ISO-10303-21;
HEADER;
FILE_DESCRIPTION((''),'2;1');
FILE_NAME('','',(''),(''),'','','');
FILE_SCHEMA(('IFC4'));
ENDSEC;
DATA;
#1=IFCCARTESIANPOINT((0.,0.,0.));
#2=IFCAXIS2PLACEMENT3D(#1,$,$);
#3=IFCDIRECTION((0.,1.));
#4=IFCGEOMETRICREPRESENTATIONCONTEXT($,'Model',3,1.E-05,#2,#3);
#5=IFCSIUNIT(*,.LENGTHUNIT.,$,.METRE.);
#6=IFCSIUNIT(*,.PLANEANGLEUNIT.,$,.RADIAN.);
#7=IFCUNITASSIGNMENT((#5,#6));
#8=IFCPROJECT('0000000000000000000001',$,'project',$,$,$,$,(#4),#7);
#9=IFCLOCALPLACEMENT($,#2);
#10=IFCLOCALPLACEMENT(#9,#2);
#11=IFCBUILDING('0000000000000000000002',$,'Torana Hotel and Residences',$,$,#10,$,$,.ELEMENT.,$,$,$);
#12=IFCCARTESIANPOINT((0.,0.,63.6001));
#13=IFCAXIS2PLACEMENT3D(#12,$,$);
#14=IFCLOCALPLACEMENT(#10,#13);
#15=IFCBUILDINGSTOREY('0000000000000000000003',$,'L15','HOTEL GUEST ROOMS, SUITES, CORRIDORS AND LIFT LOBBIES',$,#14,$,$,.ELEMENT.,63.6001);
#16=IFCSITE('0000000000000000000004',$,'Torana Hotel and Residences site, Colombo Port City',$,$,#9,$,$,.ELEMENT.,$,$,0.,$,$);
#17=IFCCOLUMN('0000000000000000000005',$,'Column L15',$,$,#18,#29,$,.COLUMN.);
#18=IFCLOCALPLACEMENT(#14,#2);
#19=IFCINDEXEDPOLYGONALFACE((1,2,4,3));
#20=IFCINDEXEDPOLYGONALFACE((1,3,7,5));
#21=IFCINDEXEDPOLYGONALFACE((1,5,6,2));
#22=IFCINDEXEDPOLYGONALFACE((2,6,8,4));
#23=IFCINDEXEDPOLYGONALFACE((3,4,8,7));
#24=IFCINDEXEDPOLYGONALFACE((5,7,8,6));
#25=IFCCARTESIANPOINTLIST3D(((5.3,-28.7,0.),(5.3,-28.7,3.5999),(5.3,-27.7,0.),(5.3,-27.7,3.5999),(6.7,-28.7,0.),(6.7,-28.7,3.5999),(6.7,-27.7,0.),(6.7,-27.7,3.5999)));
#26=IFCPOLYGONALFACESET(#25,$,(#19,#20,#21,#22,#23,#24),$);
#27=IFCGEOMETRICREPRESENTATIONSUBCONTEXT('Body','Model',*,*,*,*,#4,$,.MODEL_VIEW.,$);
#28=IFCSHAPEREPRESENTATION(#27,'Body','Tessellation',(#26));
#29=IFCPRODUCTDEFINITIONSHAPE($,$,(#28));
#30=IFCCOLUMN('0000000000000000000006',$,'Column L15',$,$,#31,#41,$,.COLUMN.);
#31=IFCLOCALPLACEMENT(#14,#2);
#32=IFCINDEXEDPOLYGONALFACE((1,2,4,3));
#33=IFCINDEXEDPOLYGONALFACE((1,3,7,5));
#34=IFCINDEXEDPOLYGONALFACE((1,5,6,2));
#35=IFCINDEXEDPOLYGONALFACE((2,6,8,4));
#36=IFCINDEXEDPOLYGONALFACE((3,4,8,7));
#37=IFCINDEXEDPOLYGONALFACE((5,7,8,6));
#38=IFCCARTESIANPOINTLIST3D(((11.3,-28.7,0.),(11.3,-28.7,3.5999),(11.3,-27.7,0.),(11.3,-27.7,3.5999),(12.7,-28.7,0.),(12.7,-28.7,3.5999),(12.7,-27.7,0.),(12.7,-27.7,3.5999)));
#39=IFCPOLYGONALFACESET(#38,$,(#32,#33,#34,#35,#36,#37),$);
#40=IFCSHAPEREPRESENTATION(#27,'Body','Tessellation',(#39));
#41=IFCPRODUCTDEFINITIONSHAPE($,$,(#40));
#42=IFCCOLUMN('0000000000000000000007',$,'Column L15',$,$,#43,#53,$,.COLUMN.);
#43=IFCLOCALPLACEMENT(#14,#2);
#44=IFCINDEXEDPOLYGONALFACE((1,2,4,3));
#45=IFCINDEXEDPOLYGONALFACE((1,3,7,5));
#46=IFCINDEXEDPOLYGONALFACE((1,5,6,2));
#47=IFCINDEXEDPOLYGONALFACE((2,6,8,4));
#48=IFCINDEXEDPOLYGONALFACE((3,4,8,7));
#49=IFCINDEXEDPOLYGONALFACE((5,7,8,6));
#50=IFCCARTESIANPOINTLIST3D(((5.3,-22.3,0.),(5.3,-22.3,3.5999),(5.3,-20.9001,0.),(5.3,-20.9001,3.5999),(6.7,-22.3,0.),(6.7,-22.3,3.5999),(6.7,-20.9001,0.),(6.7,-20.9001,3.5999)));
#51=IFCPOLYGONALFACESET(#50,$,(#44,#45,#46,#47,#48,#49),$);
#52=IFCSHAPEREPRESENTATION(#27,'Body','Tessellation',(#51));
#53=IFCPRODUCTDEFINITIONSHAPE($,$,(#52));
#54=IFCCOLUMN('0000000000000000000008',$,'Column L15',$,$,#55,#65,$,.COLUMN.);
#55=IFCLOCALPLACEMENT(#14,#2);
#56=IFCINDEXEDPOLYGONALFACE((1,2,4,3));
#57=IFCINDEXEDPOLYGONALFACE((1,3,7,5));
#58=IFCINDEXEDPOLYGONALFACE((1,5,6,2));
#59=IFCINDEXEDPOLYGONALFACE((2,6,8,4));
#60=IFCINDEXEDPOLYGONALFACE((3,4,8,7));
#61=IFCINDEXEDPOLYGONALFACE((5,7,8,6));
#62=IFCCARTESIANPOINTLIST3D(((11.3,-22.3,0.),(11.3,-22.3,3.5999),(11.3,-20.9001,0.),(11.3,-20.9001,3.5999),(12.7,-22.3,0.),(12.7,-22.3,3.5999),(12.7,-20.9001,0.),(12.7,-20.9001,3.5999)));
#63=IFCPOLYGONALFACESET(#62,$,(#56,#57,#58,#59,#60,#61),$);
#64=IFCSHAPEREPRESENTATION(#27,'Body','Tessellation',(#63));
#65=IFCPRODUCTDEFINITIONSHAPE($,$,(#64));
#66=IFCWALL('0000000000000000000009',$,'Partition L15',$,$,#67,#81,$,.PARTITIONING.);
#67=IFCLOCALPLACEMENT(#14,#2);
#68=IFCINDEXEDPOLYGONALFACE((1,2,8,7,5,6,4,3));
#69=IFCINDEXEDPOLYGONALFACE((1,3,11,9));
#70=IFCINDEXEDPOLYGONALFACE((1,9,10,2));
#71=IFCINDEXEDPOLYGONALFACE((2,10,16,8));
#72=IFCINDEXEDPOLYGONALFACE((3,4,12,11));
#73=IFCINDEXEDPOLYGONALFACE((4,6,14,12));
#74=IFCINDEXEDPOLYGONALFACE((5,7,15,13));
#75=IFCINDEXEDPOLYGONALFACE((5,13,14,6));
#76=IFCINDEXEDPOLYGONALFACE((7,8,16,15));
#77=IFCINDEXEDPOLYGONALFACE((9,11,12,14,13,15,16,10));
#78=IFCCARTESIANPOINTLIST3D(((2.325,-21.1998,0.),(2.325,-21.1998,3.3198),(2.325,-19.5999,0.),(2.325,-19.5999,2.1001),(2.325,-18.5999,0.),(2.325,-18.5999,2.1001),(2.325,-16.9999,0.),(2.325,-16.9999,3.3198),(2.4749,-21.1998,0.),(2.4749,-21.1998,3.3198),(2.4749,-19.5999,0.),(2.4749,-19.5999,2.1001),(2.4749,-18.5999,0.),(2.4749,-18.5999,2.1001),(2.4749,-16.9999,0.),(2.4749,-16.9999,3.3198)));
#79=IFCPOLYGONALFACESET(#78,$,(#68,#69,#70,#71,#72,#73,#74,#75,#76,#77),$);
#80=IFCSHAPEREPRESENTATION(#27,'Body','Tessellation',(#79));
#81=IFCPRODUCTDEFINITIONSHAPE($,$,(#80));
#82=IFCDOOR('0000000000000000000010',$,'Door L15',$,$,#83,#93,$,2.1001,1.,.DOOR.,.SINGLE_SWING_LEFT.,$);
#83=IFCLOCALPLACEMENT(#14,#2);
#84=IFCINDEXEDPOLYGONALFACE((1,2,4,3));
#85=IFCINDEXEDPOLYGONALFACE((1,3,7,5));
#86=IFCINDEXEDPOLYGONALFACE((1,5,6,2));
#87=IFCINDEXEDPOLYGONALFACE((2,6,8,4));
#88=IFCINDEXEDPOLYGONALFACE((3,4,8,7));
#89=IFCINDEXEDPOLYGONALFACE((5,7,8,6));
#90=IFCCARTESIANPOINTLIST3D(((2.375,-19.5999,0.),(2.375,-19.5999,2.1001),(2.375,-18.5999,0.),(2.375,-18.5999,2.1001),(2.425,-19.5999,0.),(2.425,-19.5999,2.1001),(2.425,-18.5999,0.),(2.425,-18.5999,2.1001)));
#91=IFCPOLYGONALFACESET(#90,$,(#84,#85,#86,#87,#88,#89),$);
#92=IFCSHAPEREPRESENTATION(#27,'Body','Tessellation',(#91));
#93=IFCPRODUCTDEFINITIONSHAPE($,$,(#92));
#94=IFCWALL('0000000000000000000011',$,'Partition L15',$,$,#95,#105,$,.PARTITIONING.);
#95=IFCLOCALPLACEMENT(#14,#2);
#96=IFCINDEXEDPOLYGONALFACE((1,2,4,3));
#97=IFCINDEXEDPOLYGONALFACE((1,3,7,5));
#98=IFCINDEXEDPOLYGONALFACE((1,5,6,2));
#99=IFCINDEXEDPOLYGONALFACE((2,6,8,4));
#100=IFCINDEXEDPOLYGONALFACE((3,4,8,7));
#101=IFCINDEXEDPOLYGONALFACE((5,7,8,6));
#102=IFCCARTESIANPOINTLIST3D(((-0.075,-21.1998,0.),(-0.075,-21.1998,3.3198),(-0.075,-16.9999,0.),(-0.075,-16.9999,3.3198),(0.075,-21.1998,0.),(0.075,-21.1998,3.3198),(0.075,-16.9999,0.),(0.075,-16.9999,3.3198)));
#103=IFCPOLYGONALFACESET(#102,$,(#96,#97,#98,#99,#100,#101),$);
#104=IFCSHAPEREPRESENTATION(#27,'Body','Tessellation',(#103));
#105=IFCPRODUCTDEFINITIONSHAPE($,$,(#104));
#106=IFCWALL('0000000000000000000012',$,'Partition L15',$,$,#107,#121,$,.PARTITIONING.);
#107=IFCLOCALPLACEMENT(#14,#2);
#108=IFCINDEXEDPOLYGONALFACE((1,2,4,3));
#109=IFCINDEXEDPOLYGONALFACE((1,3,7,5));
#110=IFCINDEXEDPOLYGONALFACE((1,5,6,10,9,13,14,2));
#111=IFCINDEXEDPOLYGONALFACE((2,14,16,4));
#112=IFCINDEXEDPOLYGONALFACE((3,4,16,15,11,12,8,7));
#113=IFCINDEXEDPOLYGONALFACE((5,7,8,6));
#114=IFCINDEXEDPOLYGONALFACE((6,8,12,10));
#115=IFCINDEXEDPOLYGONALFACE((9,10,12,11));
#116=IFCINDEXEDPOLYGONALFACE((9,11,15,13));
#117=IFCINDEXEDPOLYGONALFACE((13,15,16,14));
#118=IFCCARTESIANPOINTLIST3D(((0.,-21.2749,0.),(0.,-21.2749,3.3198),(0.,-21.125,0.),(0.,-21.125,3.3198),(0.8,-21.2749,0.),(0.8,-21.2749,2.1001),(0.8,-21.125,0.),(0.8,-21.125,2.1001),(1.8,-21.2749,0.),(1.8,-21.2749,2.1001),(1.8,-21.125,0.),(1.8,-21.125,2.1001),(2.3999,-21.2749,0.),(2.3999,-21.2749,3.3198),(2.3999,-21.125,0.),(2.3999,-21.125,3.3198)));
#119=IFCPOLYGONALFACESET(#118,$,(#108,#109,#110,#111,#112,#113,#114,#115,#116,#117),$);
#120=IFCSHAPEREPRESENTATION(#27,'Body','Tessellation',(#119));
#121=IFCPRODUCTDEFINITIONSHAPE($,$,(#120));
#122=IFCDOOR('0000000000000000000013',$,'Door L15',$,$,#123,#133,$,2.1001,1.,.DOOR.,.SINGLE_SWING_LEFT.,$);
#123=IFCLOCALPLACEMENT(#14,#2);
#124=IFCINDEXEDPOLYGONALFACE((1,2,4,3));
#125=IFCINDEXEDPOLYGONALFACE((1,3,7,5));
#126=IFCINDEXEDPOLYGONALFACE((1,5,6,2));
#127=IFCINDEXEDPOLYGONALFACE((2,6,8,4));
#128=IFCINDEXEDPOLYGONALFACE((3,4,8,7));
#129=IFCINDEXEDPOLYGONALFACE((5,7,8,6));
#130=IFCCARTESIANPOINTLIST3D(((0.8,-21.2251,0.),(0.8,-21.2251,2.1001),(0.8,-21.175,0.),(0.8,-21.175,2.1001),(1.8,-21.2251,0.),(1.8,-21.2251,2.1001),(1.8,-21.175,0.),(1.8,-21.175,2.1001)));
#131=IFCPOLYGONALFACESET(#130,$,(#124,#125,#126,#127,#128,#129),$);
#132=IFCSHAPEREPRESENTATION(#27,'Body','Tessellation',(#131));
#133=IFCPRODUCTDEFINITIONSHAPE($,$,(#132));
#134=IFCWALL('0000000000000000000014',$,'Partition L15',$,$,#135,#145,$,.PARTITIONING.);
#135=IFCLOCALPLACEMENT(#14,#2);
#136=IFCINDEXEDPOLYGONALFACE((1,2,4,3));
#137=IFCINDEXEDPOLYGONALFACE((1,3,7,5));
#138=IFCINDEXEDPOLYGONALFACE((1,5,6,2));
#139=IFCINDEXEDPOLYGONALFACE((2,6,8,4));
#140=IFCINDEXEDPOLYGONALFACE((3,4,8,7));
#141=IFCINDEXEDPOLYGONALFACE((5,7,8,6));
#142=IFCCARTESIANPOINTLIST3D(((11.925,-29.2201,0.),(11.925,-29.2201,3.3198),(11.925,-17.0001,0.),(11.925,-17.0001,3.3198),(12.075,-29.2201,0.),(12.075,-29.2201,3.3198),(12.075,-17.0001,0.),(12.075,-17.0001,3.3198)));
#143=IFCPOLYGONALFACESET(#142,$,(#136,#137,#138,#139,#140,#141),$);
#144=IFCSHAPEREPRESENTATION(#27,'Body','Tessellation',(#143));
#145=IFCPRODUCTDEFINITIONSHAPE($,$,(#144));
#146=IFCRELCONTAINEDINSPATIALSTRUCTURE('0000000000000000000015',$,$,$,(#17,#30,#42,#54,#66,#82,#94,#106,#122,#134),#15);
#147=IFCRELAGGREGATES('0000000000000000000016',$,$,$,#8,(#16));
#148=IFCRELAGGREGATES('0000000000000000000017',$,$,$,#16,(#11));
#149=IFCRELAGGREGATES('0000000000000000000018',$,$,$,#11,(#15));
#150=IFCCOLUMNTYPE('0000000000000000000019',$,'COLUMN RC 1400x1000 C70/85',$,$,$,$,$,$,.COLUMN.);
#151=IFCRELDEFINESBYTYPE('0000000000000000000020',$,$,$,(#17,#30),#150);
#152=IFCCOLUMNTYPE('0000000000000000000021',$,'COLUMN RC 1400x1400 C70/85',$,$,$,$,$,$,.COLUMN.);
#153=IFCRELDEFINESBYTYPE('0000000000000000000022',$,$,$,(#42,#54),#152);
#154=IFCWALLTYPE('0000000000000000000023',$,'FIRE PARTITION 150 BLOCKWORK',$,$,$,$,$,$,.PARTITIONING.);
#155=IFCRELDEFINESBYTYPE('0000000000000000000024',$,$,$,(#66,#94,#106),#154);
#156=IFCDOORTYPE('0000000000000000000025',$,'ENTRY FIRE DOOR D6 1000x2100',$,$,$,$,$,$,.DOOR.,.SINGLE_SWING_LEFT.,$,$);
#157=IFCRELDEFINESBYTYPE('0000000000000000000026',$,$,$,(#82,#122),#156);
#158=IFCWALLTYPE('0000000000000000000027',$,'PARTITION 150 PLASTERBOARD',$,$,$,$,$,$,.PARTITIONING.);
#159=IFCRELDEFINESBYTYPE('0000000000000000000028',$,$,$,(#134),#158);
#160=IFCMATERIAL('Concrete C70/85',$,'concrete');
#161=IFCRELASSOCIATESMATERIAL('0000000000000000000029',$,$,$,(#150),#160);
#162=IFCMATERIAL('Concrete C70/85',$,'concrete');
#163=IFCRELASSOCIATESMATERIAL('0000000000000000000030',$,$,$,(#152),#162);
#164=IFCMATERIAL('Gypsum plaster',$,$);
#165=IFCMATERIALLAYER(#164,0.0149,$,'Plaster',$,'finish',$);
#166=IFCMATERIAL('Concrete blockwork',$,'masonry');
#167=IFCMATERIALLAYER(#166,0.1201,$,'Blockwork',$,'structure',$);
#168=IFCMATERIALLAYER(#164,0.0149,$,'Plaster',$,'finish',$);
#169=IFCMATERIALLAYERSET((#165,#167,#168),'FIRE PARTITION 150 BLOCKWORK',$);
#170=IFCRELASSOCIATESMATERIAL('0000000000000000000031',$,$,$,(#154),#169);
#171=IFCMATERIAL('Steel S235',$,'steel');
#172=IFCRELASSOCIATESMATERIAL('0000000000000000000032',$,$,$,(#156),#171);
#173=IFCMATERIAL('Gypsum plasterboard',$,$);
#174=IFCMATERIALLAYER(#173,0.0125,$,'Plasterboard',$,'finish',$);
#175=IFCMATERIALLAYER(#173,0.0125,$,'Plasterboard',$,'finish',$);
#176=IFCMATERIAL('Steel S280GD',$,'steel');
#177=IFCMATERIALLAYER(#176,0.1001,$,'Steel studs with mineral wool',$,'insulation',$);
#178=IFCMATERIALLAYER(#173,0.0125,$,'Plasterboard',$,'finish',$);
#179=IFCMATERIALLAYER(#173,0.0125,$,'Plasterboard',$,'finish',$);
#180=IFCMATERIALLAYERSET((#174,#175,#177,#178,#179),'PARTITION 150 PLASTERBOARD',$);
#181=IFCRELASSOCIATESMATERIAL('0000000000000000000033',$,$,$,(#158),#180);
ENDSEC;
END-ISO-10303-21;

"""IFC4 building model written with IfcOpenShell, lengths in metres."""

from ifc_helpers import new_model, si_unit, direction, frame, frame_2d, origin, origin_2d, place, context, subcontext, project, spatial, rectangle, extrude, material, layer, layer_set, material_profile, profile_set, type_object, element, fill, save


model = new_model("IFC4")

# Units and contexts
model_context = context("Model", 3, precision=1e-05, world=origin(), true_north=direction((0.0, 1.0)))
body_context = subcontext(model_context, "Body", "Model", "MODEL_VIEW")
ifc_project = project(units=[si_unit("LENGTHUNIT", "METRE"), si_unit("PLANEANGLEUNIT", "RADIAN")], contexts=[model_context])

# Site, building, storey
site_placement = place(None, origin())
site = spatial("IfcSite", under=ifc_project, at=site_placement, Name="Torana Hotel and Residences site, Colombo Port City", CompositionType="ELEMENT", RefElevation=0.0)
building_placement = place(site_placement, origin())
building = spatial("IfcBuilding", under=site, at=building_placement, Name="Torana Hotel and Residences", CompositionType="ELEMENT")
storey_placement = place(building_placement, frame((0.0, 0.0, 63.6001)))
storey = spatial("IfcBuildingStorey", under=building, at=storey_placement, Name="L15", Description="HOTEL GUEST ROOMS, SUITES, CORRIDORS AND LIFT LOBBIES", CompositionType="ELEMENT", Elevation=63.6001)

# Columns
ifc_material_1 = material(Name="Concrete C70/85", Category="concrete")
ifc_material_profile_1 = material_profile(ifc_material_1, rectangle(XDim=1.3999, YDim=1.0, at=origin_2d()), Name="RC 1400x1000")
ifc_profile_set_1 = profile_set([ifc_material_profile_1], Name="Concrete C70/85")
column_type_1 = type_object("IfcColumnType", Name="COLUMN RC 1400x1000 C70/85", PredefinedType="COLUMN", material=ifc_profile_set_1)
for number, where, z_axis, x_axis, name in (
    (1, (6.0, -28.2, 0.0), (0.0, 0.0, 1.0), (1.0, 0.0, 0.0), "Column L15"),
    (2, (12.0, -28.2, 0.0), (0.0, 0.0, 1.0), (1.0, 0.0, 0.0), "Column L15"),
):
    element("IfcColumn", number, at=place(storey_placement, frame(where, z_axis=z_axis, x_axis=x_axis)), inside=storey, type_object=column_type_1, Name=name, PredefinedType="COLUMN", context=body_context, shape_type="SweptSolid", body=[
        extrude(rectangle(XDim=1.3999, YDim=1.0, at=origin_2d()), origin(), (0.0, 0.0, 1.0), 3.5999),
    ])
ifc_material_2 = material(Name="Concrete C70/85", Category="concrete")
ifc_material_profile_2 = material_profile(ifc_material_2, rectangle(XDim=1.3999, YDim=1.3999, at=origin_2d()), Name="RC 1400x1400")
ifc_profile_set_2 = profile_set([ifc_material_profile_2], Name="Concrete C70/85")
column_type_2 = type_object("IfcColumnType", Name="COLUMN RC 1400x1400 C70/85", PredefinedType="COLUMN", material=ifc_profile_set_2)
for number, where, z_axis, x_axis, name in (
    (3, (6.0, -21.6001, 0.0), (0.0, 0.0, 1.0), (1.0, 0.0, 0.0), "Column L15"),
    (4, (12.0, -21.6001, 0.0), (0.0, 0.0, 1.0), (1.0, 0.0, 0.0), "Column L15"),
):
    element("IfcColumn", number, at=place(storey_placement, frame(where, z_axis=z_axis, x_axis=x_axis)), inside=storey, type_object=column_type_2, Name=name, PredefinedType="COLUMN", context=body_context, shape_type="SweptSolid", body=[
        extrude(rectangle(XDim=1.3999, YDim=1.3999, at=origin_2d()), origin(), (0.0, 0.0, 1.0), 3.5999),
    ])

# Wall, opening, door
ifc_material_3 = material(Name="Gypsum plaster")
ifc_layer_1 = layer(ifc_material_3, 0.0149, Name="Plaster", Category="finish")
ifc_material_4 = material(Name="Concrete blockwork", Category="masonry")
ifc_layer_2 = layer(ifc_material_4, 0.1201, Name="Blockwork", Category="structure")
ifc_layer_3 = layer(ifc_material_3, 0.0149, Name="Plaster", Category="finish")
ifc_layer_set_1 = layer_set([ifc_layer_1, ifc_layer_2, ifc_layer_3], Name="FIRE PARTITION 150 BLOCKWORK")
wall_type_1 = type_object("IfcWallType", Name="FIRE PARTITION 150 BLOCKWORK", PredefinedType="PARTITIONING", material=ifc_layer_set_1)
wall_1_placement = place(storey_placement, frame((2.3999, -21.2, 0.0), z_axis=(0.0, 0.0, 1.0), x_axis=(0.0, 1.0, 0.0)))
wall_1 = element("IfcWall", 5, at=wall_1_placement, inside=storey, type_object=wall_type_1, Name="Partition L15", PredefinedType="PARTITIONING", context=body_context, shape_type="SweptSolid", body=[
    extrude(rectangle(XDim=4.2, YDim=0.1499, at=frame_2d((2.1001, 0.0))), origin(), (0.0, 0.0, 1.0), 3.3198),
])
opening_1_placement = place(wall_1_placement, frame((1.6001, 0.0, 0.0)))
opening_1 = element("IfcOpeningElement", 6, at=opening_1_placement, cuts=wall_1, PredefinedType="OPENING", context=body_context, shape_type="SweptSolid", body=[
    extrude(rectangle(XDim=1.0, YDim=2.1001, at=frame_2d((0.5, 1.05))), frame((0.0, 0.085, 0.0), z_axis=(0.0, -1.0, 0.0), x_axis=(1.0, 0.0, 0.0)), (0.0, 0.0, 1.0), 0.1699),
])
ifc_material_5 = material(Name="Steel S235", Category="steel")
door_type_1 = type_object("IfcDoorType", Name="ENTRY FIRE DOOR D6 1000x2100", OperationType="SINGLE_SWING_LEFT", PredefinedType="DOOR", material=ifc_material_5)
door_1_placement = place(opening_1_placement, frame((0.5, 0.0, 0.0), z_axis=(0.0, 0.0, 1.0), x_axis=(-1.0, 0.0, 0.0)))
door_1 = element("IfcDoor", 7, at=door_1_placement, inside=storey, type_object=door_type_1, Name="Door L15", OperationType="SINGLE_SWING_LEFT", OverallHeight=2.1001, OverallWidth=1.0, PredefinedType="DOOR", context=body_context, shape_type="SweptSolid", body=[
    extrude(rectangle(XDim=1.0, YDim=2.1001, at=frame_2d((0.0, 1.05))), frame((0.0, -0.0249, 0.0), z_axis=(0.0, 1.0, 0.0), x_axis=(-1.0, 0.0, 0.0)), (0.0, 0.0, 1.0), 0.05),
])
fill(opening_1, door_1)

# Wall
wall_2_placement = place(storey_placement, frame((0.0, -21.2, 0.0), z_axis=(0.0, 0.0, 1.0), x_axis=(0.0, 1.0, 0.0)))
element("IfcWall", 8, at=wall_2_placement, inside=storey, type_object=wall_type_1, Name="Partition L15", PredefinedType="PARTITIONING", context=body_context, shape_type="SweptSolid", body=[
    extrude(rectangle(XDim=4.2, YDim=0.1499, at=frame_2d((2.1001, 0.0))), origin(), (0.0, 0.0, 1.0), 3.3198),
])

# Wall, opening, door
wall_3_placement = place(storey_placement, frame((0.0, -21.2, 0.0), z_axis=(0.0, 0.0, 1.0), x_axis=(1.0, 0.0, 0.0)))
wall_3 = element("IfcWall", 9, at=wall_3_placement, inside=storey, type_object=wall_type_1, Name="Partition L15", PredefinedType="PARTITIONING", context=body_context, shape_type="SweptSolid", body=[
    extrude(rectangle(XDim=2.3999, YDim=0.1499, at=frame_2d((1.2, 0.0))), origin(), (0.0, 0.0, 1.0), 3.3198),
])
opening_2_placement = place(wall_3_placement, frame((0.8, 0.0, 0.0)))
opening_2 = element("IfcOpeningElement", 10, at=opening_2_placement, cuts=wall_3, PredefinedType="OPENING", context=body_context, shape_type="SweptSolid", body=[
    extrude(rectangle(XDim=1.0, YDim=2.1001, at=frame_2d((0.5, 1.05))), frame((0.0, 0.085, 0.0), z_axis=(0.0, -1.0, 0.0), x_axis=(1.0, 0.0, 0.0)), (0.0, 0.0, 1.0), 0.1699),
])
door_2_placement = place(opening_2_placement, frame((0.5, 0.0, 0.0), z_axis=(0.0, 0.0, 1.0), x_axis=(-1.0, 0.0, 0.0)))
door_2 = element("IfcDoor", 11, at=door_2_placement, inside=storey, type_object=door_type_1, Name="Door L15", OperationType="SINGLE_SWING_LEFT", OverallHeight=2.1001, OverallWidth=1.0, PredefinedType="DOOR", context=body_context, shape_type="SweptSolid", body=[
    extrude(rectangle(XDim=1.0, YDim=2.1001, at=frame_2d((0.0, 1.05))), frame((0.0, -0.0249, 0.0), z_axis=(0.0, 1.0, 0.0), x_axis=(-1.0, 0.0, 0.0)), (0.0, 0.0, 1.0), 0.05),
])
fill(opening_2, door_2)

# Wall
ifc_material_6 = material(Name="Gypsum plasterboard")
ifc_layer_4 = layer(ifc_material_6, 0.0125, Name="Plasterboard", Category="finish")
ifc_layer_5 = layer(ifc_material_6, 0.0125, Name="Plasterboard", Category="finish")
ifc_material_7 = material(Name="Steel S280GD", Category="steel")
ifc_layer_6 = layer(ifc_material_7, 0.1001, Name="Steel studs with mineral wool", Category="insulation")
ifc_layer_7 = layer(ifc_material_6, 0.0125, Name="Plasterboard", Category="finish")
ifc_layer_8 = layer(ifc_material_6, 0.0125, Name="Plasterboard", Category="finish")
ifc_layer_set_2 = layer_set([ifc_layer_4, ifc_layer_5, ifc_layer_6, ifc_layer_7, ifc_layer_8], Name="PARTITION 150 PLASTERBOARD")
wall_type_2 = type_object("IfcWallType", Name="PARTITION 150 PLASTERBOARD", PredefinedType="PARTITIONING", material=ifc_layer_set_2)
wall_4_placement = place(storey_placement, frame((12.0, -29.22, 0.0), z_axis=(0.0, 0.0, 1.0), x_axis=(0.0, 1.0, 0.0)))
element("IfcWall", 12, at=wall_4_placement, inside=storey, type_object=wall_type_2, Name="Partition L15", PredefinedType="PARTITIONING", context=body_context, shape_type="SweptSolid", body=[
    extrude(rectangle(XDim=12.22, YDim=0.1499, at=frame_2d((6.1099, 0.0))), origin(), (0.0, 0.0, 1.0), 3.3198),
])

save(model, "model.ifc")
